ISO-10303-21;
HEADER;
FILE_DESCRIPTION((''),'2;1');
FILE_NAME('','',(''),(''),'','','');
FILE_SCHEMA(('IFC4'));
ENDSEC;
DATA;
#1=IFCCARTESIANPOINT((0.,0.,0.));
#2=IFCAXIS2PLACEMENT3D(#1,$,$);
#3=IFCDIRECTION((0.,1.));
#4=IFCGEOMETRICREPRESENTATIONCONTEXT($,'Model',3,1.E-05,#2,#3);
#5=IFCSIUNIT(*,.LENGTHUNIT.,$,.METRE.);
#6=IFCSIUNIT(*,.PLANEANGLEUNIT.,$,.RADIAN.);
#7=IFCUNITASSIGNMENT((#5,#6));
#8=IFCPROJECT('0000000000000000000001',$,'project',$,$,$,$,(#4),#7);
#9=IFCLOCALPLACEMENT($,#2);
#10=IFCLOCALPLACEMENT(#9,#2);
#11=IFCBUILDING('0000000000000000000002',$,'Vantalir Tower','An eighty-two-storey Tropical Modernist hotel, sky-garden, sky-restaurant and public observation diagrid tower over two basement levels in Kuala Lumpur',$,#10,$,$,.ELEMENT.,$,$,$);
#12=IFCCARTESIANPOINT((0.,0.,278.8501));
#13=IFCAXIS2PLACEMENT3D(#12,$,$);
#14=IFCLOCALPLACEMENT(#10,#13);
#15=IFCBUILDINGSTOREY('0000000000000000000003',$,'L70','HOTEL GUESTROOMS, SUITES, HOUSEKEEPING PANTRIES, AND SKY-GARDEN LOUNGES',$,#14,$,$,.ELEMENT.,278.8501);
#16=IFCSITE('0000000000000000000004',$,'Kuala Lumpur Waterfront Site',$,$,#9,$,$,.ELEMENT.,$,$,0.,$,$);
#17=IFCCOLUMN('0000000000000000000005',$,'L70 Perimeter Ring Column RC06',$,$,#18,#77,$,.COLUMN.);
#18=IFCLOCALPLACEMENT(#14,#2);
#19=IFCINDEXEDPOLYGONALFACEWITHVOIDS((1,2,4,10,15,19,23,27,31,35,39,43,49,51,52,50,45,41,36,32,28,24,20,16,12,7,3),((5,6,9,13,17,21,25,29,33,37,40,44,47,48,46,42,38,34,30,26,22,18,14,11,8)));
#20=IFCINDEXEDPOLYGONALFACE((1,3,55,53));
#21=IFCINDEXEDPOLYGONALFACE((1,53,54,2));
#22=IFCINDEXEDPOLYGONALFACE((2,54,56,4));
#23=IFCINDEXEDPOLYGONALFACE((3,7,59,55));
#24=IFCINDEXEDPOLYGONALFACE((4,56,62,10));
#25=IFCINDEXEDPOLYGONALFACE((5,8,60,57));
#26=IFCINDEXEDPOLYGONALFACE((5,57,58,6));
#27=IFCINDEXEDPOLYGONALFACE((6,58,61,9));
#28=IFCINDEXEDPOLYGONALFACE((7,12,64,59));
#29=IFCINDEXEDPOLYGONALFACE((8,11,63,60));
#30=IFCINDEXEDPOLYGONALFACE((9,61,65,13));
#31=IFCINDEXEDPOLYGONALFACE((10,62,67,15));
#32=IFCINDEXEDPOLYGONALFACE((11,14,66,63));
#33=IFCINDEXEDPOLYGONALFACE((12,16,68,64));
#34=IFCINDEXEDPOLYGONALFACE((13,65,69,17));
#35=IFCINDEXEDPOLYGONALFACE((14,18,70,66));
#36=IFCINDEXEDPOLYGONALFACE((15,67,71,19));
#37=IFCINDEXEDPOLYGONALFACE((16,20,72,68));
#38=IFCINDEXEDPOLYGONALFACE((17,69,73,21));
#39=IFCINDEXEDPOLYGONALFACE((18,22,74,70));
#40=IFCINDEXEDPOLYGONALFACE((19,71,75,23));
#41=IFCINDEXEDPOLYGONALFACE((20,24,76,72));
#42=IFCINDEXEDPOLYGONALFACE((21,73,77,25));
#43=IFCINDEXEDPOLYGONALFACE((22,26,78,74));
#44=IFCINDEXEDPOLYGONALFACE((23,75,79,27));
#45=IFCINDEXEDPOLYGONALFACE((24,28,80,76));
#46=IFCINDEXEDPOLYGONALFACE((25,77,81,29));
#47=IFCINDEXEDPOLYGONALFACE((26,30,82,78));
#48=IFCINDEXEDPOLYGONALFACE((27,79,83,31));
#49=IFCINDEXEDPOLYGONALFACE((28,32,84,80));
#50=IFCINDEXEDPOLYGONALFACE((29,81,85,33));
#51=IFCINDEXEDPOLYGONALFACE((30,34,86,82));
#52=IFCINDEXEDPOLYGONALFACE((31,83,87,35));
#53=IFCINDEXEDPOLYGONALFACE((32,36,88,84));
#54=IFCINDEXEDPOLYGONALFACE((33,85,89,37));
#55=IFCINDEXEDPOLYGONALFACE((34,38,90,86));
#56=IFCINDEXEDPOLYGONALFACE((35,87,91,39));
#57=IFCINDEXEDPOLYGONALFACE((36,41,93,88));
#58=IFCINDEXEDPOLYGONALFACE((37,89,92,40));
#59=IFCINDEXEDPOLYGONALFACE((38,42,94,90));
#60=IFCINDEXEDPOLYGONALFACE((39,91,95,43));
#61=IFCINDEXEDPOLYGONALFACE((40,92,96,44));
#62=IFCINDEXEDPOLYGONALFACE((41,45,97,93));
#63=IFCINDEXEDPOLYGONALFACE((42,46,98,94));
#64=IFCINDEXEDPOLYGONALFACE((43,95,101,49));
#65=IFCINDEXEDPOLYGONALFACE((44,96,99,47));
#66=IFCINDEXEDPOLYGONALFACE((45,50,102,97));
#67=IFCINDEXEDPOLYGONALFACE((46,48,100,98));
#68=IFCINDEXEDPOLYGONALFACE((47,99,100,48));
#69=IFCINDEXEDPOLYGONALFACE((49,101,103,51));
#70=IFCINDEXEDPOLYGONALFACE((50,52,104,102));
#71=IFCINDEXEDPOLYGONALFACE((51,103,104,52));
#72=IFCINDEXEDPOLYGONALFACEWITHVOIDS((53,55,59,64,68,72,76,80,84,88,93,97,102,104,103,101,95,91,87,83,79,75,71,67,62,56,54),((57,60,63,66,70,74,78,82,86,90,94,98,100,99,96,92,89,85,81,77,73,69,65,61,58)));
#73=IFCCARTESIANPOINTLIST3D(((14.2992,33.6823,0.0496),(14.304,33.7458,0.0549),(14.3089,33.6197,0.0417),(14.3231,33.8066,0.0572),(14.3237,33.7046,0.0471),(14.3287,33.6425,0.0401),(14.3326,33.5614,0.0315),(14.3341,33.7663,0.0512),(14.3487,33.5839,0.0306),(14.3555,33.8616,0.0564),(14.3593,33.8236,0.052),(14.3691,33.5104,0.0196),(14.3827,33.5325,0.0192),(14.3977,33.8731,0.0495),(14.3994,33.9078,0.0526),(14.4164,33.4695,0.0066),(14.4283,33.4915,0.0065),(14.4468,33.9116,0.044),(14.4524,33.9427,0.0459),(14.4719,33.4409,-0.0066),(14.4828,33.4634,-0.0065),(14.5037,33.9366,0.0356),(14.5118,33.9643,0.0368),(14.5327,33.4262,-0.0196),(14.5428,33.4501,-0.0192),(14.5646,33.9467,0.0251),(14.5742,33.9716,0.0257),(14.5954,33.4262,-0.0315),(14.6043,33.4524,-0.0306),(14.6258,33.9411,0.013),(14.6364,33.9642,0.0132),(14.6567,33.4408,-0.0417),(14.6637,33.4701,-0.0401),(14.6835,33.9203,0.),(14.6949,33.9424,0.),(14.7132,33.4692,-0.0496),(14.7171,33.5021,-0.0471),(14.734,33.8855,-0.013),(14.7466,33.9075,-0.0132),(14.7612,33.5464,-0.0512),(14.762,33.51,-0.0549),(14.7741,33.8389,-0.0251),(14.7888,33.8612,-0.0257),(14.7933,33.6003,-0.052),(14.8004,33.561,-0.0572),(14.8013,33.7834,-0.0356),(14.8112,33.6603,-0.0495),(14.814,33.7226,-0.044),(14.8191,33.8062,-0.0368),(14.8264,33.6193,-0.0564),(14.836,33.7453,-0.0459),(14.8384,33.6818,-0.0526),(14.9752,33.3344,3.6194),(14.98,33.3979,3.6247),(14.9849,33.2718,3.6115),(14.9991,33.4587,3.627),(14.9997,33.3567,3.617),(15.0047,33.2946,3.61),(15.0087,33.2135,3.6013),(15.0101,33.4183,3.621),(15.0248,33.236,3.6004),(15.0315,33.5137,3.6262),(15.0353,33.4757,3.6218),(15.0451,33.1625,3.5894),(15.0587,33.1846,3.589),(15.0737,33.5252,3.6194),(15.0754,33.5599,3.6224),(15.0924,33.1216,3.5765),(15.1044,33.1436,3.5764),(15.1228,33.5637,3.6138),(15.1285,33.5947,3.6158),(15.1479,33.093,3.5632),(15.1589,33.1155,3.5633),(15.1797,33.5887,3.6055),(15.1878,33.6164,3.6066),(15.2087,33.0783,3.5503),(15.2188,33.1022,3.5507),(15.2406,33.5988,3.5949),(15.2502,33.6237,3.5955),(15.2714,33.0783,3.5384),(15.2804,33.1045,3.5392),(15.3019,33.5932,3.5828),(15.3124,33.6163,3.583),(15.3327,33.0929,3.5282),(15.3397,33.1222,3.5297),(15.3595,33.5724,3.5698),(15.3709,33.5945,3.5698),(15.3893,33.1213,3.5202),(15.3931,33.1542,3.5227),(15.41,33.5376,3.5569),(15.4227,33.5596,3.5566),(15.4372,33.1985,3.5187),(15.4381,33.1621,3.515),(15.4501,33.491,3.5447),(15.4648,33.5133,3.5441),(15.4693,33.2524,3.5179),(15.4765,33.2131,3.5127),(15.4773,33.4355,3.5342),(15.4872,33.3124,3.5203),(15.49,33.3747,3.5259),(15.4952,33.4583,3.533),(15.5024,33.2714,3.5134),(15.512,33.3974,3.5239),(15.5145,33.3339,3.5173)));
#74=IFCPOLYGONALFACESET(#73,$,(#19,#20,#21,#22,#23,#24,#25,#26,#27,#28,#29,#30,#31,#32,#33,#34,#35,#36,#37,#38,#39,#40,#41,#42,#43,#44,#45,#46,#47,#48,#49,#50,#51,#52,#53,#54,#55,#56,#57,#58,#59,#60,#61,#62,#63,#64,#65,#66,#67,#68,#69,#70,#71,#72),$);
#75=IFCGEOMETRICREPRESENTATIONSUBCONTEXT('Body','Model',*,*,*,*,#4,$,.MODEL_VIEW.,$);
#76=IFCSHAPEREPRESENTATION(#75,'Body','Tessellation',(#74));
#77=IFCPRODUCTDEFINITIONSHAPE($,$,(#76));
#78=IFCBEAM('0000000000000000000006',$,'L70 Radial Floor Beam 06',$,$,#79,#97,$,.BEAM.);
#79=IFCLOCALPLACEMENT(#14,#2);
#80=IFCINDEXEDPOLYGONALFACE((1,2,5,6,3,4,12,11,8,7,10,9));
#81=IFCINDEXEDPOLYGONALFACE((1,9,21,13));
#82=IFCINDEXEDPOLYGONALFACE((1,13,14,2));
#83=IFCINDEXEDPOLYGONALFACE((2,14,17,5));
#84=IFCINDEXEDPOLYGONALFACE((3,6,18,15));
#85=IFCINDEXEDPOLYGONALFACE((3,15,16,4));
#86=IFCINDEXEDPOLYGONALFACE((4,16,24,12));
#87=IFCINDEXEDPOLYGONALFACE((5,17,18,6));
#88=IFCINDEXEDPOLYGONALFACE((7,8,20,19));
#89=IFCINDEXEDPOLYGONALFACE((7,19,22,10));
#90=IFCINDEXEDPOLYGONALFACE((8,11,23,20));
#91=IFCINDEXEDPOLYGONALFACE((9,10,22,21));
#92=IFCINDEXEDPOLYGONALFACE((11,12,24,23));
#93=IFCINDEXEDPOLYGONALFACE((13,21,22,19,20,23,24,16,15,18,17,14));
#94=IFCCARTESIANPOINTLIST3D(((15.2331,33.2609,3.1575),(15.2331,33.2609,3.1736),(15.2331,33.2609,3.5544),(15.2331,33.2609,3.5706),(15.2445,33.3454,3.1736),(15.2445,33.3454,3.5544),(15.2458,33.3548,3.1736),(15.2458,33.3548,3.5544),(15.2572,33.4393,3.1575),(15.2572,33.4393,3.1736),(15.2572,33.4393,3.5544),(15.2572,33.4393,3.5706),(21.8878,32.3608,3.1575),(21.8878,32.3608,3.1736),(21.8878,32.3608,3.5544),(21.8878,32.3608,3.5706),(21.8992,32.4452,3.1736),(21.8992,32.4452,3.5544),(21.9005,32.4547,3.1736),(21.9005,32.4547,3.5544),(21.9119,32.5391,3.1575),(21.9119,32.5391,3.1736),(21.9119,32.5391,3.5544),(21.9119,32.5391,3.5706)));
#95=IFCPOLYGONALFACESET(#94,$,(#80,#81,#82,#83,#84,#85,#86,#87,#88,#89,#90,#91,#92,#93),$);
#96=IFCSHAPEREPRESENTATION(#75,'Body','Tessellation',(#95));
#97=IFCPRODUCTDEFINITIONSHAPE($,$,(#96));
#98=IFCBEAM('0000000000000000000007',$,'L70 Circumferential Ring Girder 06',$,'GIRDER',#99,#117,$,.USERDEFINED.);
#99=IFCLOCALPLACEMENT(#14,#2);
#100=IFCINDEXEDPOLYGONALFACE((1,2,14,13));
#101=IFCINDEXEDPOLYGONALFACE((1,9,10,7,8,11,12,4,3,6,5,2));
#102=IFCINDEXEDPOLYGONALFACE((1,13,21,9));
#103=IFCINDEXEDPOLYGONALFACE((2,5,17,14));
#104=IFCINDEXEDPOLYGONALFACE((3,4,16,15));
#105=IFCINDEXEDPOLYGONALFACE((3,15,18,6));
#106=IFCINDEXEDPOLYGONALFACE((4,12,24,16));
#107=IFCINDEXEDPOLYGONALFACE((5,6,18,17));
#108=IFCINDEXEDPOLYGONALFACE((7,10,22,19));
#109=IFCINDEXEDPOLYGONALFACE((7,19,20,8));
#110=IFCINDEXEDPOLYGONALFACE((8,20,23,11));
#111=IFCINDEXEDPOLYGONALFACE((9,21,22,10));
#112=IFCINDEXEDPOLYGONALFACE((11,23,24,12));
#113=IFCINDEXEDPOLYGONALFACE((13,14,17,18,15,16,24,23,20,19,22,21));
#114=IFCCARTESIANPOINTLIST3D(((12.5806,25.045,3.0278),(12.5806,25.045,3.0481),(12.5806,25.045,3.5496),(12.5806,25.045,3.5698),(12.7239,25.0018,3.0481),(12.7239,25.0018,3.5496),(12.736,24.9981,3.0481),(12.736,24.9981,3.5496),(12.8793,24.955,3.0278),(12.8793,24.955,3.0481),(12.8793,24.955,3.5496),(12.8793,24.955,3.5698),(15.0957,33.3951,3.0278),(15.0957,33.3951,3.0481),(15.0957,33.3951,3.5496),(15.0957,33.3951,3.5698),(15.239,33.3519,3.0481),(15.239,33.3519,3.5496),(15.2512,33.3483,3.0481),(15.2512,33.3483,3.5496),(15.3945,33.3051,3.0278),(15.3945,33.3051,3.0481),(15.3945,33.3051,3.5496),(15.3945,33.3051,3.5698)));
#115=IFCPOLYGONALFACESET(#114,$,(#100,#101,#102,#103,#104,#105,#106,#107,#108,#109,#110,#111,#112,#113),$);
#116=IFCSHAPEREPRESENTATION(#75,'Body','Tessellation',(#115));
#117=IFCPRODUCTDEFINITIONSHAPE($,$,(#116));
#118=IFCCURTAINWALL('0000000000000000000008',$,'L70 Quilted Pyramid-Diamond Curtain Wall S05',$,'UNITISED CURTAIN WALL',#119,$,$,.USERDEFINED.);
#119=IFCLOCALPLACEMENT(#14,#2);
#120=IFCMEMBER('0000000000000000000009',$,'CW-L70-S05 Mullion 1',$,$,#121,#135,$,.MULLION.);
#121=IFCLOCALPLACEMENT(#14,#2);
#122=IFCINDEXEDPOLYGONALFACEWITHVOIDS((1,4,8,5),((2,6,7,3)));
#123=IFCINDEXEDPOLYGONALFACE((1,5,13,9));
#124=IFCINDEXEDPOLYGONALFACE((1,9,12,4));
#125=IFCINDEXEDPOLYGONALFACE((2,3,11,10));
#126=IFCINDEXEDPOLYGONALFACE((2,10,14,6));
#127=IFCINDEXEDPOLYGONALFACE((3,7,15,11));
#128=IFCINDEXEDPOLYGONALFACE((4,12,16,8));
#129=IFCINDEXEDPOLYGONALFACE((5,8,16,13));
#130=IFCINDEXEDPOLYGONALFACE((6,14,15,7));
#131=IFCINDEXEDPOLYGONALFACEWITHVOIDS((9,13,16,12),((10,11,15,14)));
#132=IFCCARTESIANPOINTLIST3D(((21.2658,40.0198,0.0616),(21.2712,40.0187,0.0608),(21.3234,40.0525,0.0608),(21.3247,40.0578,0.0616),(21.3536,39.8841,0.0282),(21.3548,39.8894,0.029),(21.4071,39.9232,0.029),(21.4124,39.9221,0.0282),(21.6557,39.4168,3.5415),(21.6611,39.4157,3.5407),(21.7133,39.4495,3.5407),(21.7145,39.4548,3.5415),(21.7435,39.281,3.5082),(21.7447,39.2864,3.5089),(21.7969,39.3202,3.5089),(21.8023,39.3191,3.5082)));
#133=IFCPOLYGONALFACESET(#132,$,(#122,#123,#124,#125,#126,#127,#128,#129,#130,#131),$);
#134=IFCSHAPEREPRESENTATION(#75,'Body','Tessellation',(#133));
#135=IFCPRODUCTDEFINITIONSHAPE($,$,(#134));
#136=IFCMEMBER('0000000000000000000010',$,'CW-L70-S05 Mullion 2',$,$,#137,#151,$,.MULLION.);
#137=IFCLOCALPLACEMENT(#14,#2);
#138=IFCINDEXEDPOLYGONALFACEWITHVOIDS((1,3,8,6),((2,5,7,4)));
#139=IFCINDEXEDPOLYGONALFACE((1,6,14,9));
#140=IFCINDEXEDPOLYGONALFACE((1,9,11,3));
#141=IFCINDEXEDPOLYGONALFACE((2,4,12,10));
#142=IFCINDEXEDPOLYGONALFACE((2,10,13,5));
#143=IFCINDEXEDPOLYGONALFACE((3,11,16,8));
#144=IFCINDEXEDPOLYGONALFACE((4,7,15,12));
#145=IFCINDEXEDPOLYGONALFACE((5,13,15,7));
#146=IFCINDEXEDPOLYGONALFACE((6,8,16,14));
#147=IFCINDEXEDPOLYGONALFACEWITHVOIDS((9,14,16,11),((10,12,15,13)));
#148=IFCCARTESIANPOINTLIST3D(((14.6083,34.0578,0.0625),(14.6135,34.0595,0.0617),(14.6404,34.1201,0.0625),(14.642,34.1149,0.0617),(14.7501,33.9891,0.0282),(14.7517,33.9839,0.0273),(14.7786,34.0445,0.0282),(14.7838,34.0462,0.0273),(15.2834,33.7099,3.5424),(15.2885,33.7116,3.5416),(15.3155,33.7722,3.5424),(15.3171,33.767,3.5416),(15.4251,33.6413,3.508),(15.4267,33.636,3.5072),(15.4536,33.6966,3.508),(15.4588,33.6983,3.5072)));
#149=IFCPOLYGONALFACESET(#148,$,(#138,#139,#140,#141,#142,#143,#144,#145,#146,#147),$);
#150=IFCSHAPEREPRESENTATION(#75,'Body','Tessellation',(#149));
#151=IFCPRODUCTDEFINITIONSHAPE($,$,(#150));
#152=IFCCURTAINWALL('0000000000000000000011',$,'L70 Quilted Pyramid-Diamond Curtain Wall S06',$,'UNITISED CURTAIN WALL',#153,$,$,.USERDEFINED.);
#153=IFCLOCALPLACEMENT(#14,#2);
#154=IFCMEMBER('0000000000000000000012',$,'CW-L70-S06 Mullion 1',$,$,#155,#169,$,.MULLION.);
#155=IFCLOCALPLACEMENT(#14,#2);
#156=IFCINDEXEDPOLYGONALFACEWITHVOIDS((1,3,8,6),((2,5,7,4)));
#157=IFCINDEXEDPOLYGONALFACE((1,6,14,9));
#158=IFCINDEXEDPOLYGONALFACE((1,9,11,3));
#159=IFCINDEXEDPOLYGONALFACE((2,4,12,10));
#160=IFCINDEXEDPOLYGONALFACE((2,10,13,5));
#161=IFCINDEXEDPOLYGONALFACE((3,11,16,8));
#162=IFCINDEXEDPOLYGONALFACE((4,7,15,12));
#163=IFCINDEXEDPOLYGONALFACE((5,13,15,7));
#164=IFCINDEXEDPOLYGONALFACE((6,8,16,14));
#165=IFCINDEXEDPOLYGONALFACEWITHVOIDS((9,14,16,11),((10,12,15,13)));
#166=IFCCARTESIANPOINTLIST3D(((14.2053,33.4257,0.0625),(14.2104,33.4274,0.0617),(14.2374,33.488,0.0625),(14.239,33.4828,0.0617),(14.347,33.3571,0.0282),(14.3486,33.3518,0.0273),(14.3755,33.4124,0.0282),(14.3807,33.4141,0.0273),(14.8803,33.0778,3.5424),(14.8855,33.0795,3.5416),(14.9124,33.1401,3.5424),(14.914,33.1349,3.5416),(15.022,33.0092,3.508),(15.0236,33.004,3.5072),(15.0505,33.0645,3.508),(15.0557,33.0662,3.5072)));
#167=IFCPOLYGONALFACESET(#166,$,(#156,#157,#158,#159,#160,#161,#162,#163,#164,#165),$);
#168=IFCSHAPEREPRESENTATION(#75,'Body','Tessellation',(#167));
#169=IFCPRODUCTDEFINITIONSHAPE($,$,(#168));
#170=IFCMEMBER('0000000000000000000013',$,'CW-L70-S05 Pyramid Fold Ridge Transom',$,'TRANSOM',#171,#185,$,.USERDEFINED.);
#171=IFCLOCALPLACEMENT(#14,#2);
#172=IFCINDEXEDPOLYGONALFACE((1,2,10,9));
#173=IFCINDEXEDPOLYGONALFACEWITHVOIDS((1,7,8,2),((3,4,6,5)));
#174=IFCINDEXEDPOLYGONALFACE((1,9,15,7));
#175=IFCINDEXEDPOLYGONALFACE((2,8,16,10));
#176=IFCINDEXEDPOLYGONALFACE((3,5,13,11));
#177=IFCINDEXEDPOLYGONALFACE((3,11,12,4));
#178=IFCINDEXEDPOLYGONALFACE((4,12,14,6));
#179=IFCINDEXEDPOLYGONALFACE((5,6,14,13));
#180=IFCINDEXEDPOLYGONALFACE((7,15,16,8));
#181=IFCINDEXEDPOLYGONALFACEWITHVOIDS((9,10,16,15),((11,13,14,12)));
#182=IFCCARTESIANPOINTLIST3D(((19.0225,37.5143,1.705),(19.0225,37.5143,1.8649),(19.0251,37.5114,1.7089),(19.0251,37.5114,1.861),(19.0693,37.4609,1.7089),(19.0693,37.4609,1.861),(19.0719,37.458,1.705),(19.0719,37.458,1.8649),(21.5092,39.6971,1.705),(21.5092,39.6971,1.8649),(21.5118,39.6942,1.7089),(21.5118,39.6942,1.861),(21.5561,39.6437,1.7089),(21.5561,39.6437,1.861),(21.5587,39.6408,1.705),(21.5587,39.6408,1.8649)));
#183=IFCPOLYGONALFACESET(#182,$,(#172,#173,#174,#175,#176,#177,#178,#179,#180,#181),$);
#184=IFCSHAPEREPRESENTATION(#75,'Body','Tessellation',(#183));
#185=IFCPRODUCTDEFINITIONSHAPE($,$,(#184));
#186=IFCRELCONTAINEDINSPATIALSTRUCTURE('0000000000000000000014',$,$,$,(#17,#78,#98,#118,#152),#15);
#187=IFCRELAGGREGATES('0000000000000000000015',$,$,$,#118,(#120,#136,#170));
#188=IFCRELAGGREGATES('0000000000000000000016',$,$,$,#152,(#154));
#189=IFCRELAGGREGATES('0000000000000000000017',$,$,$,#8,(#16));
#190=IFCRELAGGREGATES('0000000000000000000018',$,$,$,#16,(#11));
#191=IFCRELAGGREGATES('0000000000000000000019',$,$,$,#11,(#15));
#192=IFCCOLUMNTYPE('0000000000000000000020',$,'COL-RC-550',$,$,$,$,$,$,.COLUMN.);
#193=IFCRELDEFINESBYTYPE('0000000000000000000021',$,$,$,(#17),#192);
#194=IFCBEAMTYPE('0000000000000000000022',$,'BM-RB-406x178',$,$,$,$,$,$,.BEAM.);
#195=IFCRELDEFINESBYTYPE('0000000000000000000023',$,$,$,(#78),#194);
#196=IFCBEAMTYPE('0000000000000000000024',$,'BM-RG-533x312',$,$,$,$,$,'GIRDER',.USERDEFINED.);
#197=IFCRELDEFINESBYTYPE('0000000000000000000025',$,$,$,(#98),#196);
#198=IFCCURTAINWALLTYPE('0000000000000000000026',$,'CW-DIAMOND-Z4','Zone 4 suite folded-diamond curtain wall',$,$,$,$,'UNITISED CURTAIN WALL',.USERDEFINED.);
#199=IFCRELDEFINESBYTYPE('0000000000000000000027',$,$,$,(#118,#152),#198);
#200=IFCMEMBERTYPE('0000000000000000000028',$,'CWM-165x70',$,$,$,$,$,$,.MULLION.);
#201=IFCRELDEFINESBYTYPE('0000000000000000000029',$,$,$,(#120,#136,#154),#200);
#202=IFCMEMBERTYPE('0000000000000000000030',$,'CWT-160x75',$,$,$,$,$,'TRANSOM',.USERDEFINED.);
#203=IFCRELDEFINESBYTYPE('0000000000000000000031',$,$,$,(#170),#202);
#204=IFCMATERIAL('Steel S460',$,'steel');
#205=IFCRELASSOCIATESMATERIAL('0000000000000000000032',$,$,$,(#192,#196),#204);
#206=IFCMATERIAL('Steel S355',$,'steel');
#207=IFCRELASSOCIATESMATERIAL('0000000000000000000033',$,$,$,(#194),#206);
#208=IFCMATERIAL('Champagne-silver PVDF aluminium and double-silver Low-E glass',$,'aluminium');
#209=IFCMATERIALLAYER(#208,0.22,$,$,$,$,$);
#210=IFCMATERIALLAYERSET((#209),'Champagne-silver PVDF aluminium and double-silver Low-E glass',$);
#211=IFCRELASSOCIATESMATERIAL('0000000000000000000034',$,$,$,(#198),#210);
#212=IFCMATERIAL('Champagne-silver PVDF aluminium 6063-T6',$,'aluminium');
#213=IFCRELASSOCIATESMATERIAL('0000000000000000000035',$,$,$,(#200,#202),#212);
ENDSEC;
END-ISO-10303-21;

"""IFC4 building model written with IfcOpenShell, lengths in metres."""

from ifc_helpers import new_model, si_unit, direction, frame, origin, origin_2d, place, context, subcontext, project, spatial, hollow_rectangle, hollow_circle, i_section, extrude, material, layer, layer_set, material_profile, profile_set, type_object, element, aggregate, save


model = new_model("IFC4")

# Units and contexts
model_context = context("Model", 3, precision=1e-05, world=origin(), true_north=direction((0.0, 1.0)))
body_context = subcontext(model_context, "Body", "Model", "MODEL_VIEW")
ifc_project = project(units=[si_unit("LENGTHUNIT", "METRE"), si_unit("PLANEANGLEUNIT", "RADIAN")], contexts=[model_context])

# Site, building, storey
site_placement = place(None, origin())
site = spatial("IfcSite", under=ifc_project, at=site_placement, Name="Kuala Lumpur Waterfront Site", CompositionType="ELEMENT", RefElevation=0.0)
building_placement = place(site_placement, origin())
building = spatial("IfcBuilding", under=site, at=building_placement, Name="Vantalir Tower", Description="An eighty-two-storey Tropical Modernist hotel, sky-garden, sky-restaurant and public observation diagrid tower over two basement levels in Kuala Lumpur", CompositionType="ELEMENT")
storey_placement = place(building_placement, frame((0.0, 0.0, 278.8501)))
storey = spatial("IfcBuildingStorey", under=building, at=storey_placement, Name="L70", Description="HOTEL GUESTROOMS, SUITES, HOUSEKEEPING PANTRIES, AND SKY-GARDEN LOUNGES", CompositionType="ELEMENT", Elevation=278.8501)

# Column
ifc_material_1 = material(Name="Steel S460", Category="steel")
ifc_material_profile_1 = material_profile(ifc_material_1, hollow_circle(Radius=0.2749, WallThickness=0.0249, at=origin_2d()), Name="Steel S460")
ifc_profile_set_1 = profile_set([ifc_material_profile_1], Name="Steel S460")
column_type = type_object("IfcColumnType", Name="COL-RC-550", PredefinedType="COLUMN", material=ifc_profile_set_1)
column_placement = place(storey_placement, frame((14.5691, 33.698, 0.0), z_axis=(0.185218, -0.095318, 0.978064), x_axis=(0.457587, 0.889165, 0.0)))
element("IfcColumn", 1, at=column_placement, inside=storey, type_object=column_type, Name="L70 Perimeter Ring Column RC06", PredefinedType="COLUMN", context=body_context, shape_type="SweptSolid", body=[
    extrude(hollow_circle(Radius=0.2749, WallThickness=0.0249, at=origin_2d()), origin(), (0.0, 0.0, 1.0), 3.6499),
])

# Beams
ifc_material_2 = material(Name="Steel S355", Category="steel")
ifc_material_profile_2 = material_profile(ifc_material_2, i_section(OverallWidth=0.1799, OverallDepth=0.4131, WebThickness=0.0095, FlangeThickness=0.0161, at=origin_2d()), Name="Steel S355")
ifc_profile_set_2 = profile_set([ifc_material_profile_2], Name="Steel S355")
beam_type_1 = type_object("IfcBeamType", Name="BM-RB-406x178", PredefinedType="BEAM", material=ifc_profile_set_2)
beam_1_placement = place(storey_placement, frame((15.2451, 33.3501, 3.364), z_axis=(0.990976, -0.134042, 0.0), x_axis=(0.134042, 0.990976, 0.0)))
element("IfcBeam", 2, at=beam_1_placement, inside=storey, type_object=beam_type_1, Name="L70 Radial Floor Beam 06", PredefinedType="BEAM", context=body_context, shape_type="SweptSolid", body=[
    extrude(i_section(OverallWidth=0.1799, OverallDepth=0.4131, WebThickness=0.0095, FlangeThickness=0.0161, at=origin_2d()), origin(), (0.0, 0.0, 1.0), 6.7153),
])
ifc_material_profile_3 = material_profile(ifc_material_1, i_section(OverallWidth=0.312, OverallDepth=0.542, WebThickness=0.0127, FlangeThickness=0.0203, at=origin_2d()), Name="Steel S460")
ifc_profile_set_3 = profile_set([ifc_material_profile_3], Name="Steel S460")
beam_type_2 = type_object("IfcBeamType", Name="BM-RG-533x312", ElementType="GIRDER", PredefinedType="USERDEFINED", material=ifc_profile_set_3)
beam_2_placement = place(storey_placement, frame((15.2451, 33.3501, 3.2988), z_axis=(-0.288411, -0.957507, 0.0), x_axis=(0.957507, -0.288411, 0.0)))
element("IfcBeam", 3, at=beam_2_placement, inside=storey, type_object=beam_type_2, Name="L70 Circumferential Ring Girder 06", ObjectType="GIRDER", PredefinedType="USERDEFINED", context=body_context, shape_type="SweptSolid", body=[
    extrude(i_section(OverallWidth=0.312, OverallDepth=0.542, WebThickness=0.0127, FlangeThickness=0.0203, at=origin_2d()), origin(), (0.0, 0.0, 1.0), 8.7207),
])

# Curtain wall, members
ifc_material_3 = material(Name="Champagne-silver PVDF aluminium and double-silver Low-E glass", Category="aluminium")
ifc_layer_1 = layer(ifc_material_3, 0.22)
ifc_layer_set_1 = layer_set([ifc_layer_1], Name="Champagne-silver PVDF aluminium and double-silver Low-E glass")
curtain_wall_type = type_object("IfcCurtainWallType", Name="CW-DIAMOND-Z4", Description="Zone 4 suite folded-diamond curtain wall", ElementType="UNITISED CURTAIN WALL", PredefinedType="USERDEFINED", material=ifc_layer_set_1)
curtain_wall_1_placement = place(storey_placement, origin())
curtain_wall_1 = element("IfcCurtainWall", 4, at=curtain_wall_1_placement, inside=storey, type_object=curtain_wall_type, Name="L70 Quilted Pyramid-Diamond Curtain Wall S05", ObjectType="UNITISED CURTAIN WALL", PredefinedType="USERDEFINED")
ifc_material_4 = material(Name="Champagne-silver PVDF aluminium 6063-T6", Category="aluminium")
ifc_material_profile_4 = material_profile(ifc_material_4, hollow_rectangle(XDim=0.0701, YDim=0.165, WallThickness=0.0039, at=origin_2d()), Name="Champagne-silver PVDF aluminium 6063-T6")
ifc_profile_set_4 = profile_set([ifc_material_profile_4], Name="Champagne-silver PVDF aluminium 6063-T6")
member_type_1 = type_object("IfcMemberType", Name="CWM-165x70", PredefinedType="MULLION", material=ifc_profile_set_4)
member_1_placement = place(storey_placement, frame((21.3391, 39.9709, 0.0449), z_axis=(0.109727, -0.169709, 0.979367), x_axis=(0.839762, 0.542955, 0.0)))
member_1 = element("IfcMember", 5, at=member_1_placement, type_object=member_type_1, Name="CW-L70-S05 Mullion 1", PredefinedType="MULLION", context=body_context, shape_type="SweptSolid", body=[
    extrude(hollow_rectangle(XDim=0.0701, YDim=0.165, WallThickness=0.0039, at=origin_2d()), origin(), (0.0, 0.0, 1.0), 3.5532),
])
member_2_placement = place(storey_placement, frame((14.696, 34.052, 0.0449), z_axis=(0.18952, -0.097673, 0.977007), x_axis=(0.458111, 0.888895, 0.0)))
member_2 = element("IfcMember", 6, at=member_2_placement, type_object=member_type_1, Name="CW-L70-S05 Mullion 2", PredefinedType="MULLION", context=body_context, shape_type="SweptSolid", body=[
    extrude(hollow_rectangle(XDim=0.0701, YDim=0.165, WallThickness=0.0039, at=origin_2d()), origin(), (0.0, 0.0, 1.0), 3.5618),
])

# Curtain wall, member
curtain_wall_2_placement = place(storey_placement, origin())
curtain_wall_2 = element("IfcCurtainWall", 7, at=curtain_wall_2_placement, inside=storey, type_object=curtain_wall_type, Name="L70 Quilted Pyramid-Diamond Curtain Wall S06", ObjectType="UNITISED CURTAIN WALL", PredefinedType="USERDEFINED")
member_3_placement = place(storey_placement, frame((14.293, 33.4199, 0.0449), z_axis=(0.18952, -0.097673, 0.977007), x_axis=(0.458111, 0.888895, 0.0)))
member_3 = element("IfcMember", 8, at=member_3_placement, type_object=member_type_1, Name="CW-L70-S06 Mullion 1", PredefinedType="MULLION", context=body_context, shape_type="SweptSolid", body=[
    extrude(hollow_rectangle(XDim=0.0701, YDim=0.165, WallThickness=0.0039, at=origin_2d()), origin(), (0.0, 0.0, 1.0), 3.5618),
])

# Member
ifc_material_profile_5 = material_profile(ifc_material_4, hollow_rectangle(XDim=0.075, YDim=0.1599, WallThickness=0.0039, at=origin_2d()), Name="Champagne-silver PVDF aluminium 6063-T6")
ifc_profile_set_5 = profile_set([ifc_material_profile_5], Name="Champagne-silver PVDF aluminium 6063-T6")
member_type_2 = type_object("IfcMemberType", Name="CWT-160x75", ElementType="TRANSOM", PredefinedType="USERDEFINED", material=ifc_profile_set_5)
member_4_placement = place(storey_placement, frame((21.5339, 39.6689, 1.7849), z_axis=(-0.751543, -0.659684, 0.0), x_axis=(0.659684, -0.751543, 0.0)))
member_4 = element("IfcMember", 9, at=member_4_placement, type_object=member_type_2, Name="CW-L70-S05 Pyramid Fold Ridge Transom", ObjectType="TRANSOM", PredefinedType="USERDEFINED", context=body_context, shape_type="SweptSolid", body=[
    extrude(hollow_rectangle(XDim=0.075, YDim=0.1599, WallThickness=0.0039, at=origin_2d()), origin(), (0.0, 0.0, 1.0), 3.3088),
])

aggregate(curtain_wall_1, [member_1, member_2, member_4])
aggregate(curtain_wall_2, [member_3])

save(model, "model.ifc")
